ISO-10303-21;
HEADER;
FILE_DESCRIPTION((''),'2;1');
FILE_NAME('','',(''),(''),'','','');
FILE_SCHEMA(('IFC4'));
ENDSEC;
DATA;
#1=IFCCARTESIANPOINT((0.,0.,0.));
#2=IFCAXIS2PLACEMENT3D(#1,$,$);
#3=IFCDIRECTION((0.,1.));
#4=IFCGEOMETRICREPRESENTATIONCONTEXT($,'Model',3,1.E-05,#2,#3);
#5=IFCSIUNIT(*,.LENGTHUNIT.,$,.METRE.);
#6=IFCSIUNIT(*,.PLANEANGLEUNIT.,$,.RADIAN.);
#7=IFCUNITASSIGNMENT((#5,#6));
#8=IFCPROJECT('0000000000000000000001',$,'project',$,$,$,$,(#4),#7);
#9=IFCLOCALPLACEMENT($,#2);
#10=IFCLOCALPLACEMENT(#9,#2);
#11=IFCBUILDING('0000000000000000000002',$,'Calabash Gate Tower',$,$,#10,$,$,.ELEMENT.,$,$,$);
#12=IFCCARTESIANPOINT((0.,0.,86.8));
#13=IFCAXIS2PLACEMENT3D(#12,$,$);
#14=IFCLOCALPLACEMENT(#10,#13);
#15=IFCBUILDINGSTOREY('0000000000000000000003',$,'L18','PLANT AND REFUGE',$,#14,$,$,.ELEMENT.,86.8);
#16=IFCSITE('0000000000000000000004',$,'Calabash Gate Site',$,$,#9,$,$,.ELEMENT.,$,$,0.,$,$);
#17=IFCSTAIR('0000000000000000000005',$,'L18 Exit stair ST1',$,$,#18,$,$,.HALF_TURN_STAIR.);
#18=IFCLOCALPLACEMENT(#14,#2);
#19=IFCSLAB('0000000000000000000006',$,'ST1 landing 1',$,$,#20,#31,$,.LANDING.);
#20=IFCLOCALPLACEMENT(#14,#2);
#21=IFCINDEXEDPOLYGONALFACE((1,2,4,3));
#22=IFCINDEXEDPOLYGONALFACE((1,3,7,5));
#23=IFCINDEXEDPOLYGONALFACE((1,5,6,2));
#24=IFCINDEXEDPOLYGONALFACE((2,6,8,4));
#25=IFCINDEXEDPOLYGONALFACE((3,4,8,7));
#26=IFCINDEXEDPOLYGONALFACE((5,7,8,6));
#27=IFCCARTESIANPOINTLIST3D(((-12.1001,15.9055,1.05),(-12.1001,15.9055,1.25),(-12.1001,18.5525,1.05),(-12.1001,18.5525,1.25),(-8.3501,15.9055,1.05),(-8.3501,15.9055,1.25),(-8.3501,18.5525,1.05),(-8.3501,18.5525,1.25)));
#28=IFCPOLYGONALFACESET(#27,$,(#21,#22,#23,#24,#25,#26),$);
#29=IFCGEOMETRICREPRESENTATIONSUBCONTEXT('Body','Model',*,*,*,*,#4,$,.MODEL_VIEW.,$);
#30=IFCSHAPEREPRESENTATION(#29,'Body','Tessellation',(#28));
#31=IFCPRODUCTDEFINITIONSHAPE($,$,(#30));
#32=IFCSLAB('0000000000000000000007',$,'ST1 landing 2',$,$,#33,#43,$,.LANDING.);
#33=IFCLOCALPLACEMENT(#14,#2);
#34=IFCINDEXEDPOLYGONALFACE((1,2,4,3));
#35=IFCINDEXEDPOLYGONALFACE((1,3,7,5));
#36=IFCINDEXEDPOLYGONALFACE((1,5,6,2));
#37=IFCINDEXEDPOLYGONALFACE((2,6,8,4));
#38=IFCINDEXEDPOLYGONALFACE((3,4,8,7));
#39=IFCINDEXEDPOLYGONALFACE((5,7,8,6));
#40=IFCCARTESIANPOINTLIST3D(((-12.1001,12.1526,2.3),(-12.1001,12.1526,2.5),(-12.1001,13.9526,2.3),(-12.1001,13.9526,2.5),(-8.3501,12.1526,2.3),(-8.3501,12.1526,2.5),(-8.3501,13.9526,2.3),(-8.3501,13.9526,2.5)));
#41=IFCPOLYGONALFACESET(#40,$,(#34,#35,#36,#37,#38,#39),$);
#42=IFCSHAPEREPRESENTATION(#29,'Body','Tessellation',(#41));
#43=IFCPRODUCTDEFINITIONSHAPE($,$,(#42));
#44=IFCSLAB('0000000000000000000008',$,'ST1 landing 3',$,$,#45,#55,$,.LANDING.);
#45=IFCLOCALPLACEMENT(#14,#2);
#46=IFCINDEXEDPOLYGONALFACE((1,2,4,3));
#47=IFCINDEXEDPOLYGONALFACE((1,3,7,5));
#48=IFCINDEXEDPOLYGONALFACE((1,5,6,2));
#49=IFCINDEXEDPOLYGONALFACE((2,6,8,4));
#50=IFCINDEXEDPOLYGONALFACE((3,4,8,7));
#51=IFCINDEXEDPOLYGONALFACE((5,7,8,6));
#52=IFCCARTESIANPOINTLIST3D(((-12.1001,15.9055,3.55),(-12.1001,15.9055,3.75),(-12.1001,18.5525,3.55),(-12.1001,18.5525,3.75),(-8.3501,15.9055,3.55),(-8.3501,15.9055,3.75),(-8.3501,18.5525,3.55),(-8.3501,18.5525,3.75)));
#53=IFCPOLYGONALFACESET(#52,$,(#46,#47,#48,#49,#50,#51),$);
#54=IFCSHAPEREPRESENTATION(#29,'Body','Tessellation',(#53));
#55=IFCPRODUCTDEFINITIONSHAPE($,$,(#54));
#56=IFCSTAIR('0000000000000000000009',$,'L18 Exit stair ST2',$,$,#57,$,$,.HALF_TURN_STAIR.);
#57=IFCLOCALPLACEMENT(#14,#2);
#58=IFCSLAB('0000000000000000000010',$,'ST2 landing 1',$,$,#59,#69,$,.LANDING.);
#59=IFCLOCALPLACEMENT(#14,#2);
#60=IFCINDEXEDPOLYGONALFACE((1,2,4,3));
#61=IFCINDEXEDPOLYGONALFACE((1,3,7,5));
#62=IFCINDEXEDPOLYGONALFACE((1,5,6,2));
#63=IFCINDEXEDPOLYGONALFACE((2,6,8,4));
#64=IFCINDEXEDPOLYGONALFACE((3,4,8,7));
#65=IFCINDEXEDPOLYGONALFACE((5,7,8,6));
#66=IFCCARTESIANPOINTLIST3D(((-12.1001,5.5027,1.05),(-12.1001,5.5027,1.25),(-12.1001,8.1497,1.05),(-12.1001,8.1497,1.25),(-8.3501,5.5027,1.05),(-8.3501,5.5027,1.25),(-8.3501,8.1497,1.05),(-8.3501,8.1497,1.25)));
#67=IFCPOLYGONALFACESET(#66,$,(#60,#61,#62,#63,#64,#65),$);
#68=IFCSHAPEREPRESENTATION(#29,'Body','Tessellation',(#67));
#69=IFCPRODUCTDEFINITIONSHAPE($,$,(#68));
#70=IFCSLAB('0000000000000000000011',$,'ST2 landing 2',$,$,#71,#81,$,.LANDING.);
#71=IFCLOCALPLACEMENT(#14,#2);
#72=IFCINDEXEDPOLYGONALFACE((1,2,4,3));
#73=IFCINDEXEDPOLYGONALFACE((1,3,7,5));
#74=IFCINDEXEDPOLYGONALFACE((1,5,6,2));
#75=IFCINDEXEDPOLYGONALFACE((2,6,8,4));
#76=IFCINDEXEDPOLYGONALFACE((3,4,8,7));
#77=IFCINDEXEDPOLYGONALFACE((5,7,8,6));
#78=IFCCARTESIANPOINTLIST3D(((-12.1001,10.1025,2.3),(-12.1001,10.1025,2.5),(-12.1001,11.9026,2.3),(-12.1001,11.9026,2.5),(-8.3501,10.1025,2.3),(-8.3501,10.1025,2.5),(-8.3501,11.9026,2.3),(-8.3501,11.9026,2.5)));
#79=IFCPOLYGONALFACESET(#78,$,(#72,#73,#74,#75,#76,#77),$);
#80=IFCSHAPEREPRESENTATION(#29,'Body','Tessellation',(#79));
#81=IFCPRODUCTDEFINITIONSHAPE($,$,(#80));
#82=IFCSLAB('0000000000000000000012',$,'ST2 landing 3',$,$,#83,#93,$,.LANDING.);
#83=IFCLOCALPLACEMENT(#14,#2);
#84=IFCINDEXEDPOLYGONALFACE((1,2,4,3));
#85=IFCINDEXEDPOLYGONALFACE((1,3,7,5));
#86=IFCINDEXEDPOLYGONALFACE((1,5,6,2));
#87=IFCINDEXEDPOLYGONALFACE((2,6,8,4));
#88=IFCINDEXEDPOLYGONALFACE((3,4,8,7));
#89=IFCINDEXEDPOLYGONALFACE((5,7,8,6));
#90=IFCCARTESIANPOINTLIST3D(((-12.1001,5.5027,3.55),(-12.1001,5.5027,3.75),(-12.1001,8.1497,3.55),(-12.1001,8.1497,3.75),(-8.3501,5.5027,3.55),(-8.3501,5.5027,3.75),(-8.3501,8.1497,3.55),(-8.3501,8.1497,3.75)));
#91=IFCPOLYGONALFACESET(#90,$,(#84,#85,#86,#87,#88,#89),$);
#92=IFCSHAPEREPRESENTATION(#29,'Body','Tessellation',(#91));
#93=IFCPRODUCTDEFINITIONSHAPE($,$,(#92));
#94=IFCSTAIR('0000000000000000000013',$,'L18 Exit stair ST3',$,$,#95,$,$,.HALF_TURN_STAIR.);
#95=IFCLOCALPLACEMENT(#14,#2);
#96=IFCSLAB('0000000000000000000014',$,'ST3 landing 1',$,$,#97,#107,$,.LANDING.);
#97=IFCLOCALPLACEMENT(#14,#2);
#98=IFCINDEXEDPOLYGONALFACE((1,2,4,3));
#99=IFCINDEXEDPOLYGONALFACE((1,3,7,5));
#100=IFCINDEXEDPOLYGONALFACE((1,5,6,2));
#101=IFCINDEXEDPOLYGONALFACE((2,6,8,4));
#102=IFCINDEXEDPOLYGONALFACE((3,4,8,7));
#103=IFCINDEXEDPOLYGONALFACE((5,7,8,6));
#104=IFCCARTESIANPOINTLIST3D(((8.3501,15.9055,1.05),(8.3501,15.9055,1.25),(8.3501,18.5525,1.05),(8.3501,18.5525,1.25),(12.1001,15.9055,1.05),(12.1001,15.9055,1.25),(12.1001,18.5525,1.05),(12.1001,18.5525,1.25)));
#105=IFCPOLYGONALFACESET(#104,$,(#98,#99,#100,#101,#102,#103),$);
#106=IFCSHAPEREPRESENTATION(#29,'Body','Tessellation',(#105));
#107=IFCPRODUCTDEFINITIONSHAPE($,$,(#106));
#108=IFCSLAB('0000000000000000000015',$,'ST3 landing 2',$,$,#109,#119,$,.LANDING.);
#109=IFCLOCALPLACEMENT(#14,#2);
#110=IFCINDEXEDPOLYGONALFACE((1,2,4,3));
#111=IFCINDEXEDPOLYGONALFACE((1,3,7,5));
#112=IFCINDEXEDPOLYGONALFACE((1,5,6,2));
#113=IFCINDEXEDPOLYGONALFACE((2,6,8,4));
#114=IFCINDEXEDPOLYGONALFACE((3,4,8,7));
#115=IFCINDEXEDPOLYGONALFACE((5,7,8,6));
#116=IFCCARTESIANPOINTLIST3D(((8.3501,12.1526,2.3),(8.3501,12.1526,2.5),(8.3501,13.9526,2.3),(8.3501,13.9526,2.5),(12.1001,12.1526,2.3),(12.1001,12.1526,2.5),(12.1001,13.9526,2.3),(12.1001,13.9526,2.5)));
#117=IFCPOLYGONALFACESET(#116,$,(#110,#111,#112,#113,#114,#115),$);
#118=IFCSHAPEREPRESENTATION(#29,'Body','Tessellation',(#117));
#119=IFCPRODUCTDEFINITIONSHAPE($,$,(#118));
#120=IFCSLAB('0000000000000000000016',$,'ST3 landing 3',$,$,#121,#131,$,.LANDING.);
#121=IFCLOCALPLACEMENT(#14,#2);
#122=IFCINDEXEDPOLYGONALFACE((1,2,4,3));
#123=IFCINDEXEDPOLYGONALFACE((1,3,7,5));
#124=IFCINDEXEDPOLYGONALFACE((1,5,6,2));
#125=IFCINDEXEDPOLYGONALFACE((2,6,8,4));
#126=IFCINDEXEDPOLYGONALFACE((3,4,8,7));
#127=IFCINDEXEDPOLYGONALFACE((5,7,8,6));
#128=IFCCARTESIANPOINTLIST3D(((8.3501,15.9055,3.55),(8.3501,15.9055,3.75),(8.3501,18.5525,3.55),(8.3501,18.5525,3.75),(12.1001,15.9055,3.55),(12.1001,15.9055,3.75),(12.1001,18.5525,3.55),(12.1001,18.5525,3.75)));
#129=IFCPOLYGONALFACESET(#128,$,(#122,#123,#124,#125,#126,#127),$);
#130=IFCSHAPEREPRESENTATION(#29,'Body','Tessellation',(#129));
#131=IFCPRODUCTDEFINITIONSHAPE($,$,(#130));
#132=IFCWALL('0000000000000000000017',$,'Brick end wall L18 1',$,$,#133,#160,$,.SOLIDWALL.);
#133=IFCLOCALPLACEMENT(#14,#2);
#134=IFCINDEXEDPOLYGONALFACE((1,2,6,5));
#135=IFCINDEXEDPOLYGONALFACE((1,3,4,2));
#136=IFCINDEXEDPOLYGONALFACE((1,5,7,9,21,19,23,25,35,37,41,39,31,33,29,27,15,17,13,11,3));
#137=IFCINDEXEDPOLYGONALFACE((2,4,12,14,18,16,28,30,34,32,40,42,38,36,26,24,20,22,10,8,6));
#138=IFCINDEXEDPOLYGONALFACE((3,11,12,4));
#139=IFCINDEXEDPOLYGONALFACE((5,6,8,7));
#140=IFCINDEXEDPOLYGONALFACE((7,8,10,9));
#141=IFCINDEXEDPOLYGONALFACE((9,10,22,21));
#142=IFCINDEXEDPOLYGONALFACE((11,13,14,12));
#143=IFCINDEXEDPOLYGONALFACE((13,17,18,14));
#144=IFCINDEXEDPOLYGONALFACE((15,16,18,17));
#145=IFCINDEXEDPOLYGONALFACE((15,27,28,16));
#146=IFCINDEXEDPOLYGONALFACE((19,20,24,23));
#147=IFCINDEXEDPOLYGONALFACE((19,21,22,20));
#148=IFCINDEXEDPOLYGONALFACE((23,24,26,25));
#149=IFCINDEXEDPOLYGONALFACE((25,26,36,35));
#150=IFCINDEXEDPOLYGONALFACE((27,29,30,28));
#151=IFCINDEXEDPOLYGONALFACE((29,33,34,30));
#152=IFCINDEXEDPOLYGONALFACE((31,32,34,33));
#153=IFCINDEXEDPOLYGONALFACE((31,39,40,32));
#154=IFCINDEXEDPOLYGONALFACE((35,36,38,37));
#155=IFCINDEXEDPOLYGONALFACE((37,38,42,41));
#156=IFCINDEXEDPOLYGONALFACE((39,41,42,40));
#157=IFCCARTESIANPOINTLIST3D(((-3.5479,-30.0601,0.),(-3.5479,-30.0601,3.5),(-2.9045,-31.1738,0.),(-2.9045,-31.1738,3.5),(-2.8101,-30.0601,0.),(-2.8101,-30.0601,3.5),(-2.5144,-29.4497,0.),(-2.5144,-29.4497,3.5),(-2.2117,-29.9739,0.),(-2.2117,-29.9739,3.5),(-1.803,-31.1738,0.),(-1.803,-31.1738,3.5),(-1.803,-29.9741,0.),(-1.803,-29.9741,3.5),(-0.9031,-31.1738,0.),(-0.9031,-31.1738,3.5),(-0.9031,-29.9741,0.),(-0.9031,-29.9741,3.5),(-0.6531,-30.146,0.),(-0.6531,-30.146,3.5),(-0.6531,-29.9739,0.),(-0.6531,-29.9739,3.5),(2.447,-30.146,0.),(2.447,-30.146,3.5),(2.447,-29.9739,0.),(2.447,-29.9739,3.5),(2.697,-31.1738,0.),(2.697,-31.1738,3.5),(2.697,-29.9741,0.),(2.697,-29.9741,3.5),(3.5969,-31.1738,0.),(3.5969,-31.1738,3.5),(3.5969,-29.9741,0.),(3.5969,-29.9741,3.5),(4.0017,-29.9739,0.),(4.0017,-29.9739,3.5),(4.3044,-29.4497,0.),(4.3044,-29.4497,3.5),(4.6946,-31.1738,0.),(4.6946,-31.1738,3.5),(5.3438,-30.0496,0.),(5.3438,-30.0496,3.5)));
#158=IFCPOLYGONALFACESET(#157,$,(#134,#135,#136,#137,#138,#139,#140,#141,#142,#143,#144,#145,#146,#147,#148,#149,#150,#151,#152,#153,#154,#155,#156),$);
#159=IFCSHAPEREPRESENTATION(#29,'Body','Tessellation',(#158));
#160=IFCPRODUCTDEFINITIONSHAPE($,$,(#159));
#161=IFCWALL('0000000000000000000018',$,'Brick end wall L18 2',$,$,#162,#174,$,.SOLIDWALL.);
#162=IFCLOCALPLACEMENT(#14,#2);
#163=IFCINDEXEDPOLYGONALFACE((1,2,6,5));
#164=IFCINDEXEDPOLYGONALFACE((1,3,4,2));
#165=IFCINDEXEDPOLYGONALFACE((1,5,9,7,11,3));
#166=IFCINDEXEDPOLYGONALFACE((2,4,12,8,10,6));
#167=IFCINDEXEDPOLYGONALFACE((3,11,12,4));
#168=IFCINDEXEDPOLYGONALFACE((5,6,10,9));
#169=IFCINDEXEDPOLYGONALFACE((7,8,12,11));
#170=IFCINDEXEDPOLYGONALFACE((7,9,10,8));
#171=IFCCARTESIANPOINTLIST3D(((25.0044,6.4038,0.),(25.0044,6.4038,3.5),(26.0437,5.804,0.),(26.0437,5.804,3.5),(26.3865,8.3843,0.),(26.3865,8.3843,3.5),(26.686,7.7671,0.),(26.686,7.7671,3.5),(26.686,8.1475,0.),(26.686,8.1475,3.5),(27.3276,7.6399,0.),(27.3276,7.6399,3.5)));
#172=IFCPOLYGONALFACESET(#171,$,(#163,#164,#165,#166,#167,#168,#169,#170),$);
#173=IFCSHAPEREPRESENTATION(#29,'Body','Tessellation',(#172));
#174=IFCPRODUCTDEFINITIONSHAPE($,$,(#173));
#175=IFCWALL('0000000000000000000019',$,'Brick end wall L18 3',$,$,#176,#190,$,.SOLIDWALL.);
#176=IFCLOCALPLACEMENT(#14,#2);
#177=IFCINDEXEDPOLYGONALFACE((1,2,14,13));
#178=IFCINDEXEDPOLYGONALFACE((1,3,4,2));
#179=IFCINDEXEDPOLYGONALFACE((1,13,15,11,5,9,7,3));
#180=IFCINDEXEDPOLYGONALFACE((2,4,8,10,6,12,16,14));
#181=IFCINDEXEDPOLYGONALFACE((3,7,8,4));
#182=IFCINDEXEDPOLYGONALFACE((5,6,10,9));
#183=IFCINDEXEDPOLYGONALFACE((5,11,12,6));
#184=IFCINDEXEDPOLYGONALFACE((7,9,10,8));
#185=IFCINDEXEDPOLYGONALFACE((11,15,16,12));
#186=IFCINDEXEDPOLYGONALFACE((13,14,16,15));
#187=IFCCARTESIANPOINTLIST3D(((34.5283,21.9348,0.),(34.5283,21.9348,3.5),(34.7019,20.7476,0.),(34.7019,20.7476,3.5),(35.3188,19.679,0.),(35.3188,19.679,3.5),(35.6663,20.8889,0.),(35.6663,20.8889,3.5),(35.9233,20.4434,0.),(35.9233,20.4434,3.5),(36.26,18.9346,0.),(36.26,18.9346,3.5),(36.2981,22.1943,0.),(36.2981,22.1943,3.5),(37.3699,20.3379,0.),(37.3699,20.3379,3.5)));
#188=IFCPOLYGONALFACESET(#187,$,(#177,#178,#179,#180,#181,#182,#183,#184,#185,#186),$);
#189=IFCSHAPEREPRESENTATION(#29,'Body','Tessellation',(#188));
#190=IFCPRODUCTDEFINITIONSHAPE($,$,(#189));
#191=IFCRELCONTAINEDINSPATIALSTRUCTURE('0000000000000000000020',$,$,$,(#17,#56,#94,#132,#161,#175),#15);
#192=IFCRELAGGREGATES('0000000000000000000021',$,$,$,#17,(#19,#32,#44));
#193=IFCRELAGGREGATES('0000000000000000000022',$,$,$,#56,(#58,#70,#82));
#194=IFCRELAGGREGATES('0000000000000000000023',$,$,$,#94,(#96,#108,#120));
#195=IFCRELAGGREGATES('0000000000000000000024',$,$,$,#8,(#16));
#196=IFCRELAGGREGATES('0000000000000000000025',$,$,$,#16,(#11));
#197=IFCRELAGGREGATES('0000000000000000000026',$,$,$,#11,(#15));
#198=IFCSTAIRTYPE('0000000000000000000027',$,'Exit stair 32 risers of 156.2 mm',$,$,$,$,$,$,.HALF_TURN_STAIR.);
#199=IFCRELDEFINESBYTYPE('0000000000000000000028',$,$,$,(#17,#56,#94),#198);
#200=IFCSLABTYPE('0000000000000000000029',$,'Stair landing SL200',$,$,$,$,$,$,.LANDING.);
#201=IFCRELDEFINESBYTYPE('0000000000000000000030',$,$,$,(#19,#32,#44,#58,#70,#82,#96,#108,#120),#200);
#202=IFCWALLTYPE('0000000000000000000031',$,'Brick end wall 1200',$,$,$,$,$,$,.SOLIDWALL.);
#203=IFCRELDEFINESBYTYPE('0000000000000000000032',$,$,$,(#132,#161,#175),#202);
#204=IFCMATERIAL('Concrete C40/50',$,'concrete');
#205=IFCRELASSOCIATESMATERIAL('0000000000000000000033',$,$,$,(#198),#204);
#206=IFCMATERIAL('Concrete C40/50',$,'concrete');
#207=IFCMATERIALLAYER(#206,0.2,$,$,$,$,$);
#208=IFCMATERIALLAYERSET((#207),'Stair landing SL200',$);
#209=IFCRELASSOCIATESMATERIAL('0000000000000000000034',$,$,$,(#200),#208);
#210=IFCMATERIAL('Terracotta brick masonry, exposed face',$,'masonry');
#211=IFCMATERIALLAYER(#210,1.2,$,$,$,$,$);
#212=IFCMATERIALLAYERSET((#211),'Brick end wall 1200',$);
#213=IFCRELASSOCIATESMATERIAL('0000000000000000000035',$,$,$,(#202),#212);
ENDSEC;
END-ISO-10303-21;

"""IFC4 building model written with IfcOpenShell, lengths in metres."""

from ifc_helpers import new_model, si_unit, direction, frame, origin, place, context, subcontext, project, spatial, polyline, outline, extrude, material, layer, layer_set, type_object, element, aggregate, save


model = new_model("IFC4")

# Units and contexts
model_context = context("Model", 3, precision=1e-05, world=origin(), true_north=direction((0.0, 1.0)))
body_context = subcontext(model_context, "Body", "Model", "MODEL_VIEW")
ifc_project = project(units=[si_unit("LENGTHUNIT", "METRE"), si_unit("PLANEANGLEUNIT", "RADIAN")], contexts=[model_context])

# Site, building, storey
site_placement = place(None, origin())
site = spatial("IfcSite", under=ifc_project, at=site_placement, Name="Calabash Gate Site", CompositionType="ELEMENT", RefElevation=0.0)
building_placement = place(site_placement, origin())
building = spatial("IfcBuilding", under=site, at=building_placement, Name="Calabash Gate Tower", CompositionType="ELEMENT")
storey_placement = place(building_placement, frame((0.0, 0.0, 86.8)))
storey = spatial("IfcBuildingStorey", under=building, at=storey_placement, Name="L18", Description="PLANT AND REFUGE", CompositionType="ELEMENT", Elevation=86.8)

# Stairs, slabs
ifc_material_1 = material(Name="Concrete C40/50", Category="concrete")
stair_type = type_object("IfcStairType", Name="Exit stair 32 risers of 156.2 mm", PredefinedType="HALF_TURN_STAIR", material=ifc_material_1)
stair_1_placement = place(storey_placement, origin())
stair_1 = element("IfcStair", 1, at=stair_1_placement, inside=storey, type_object=stair_type, Name="L18 Exit stair ST1", PredefinedType="HALF_TURN_STAIR")
ifc_material_2 = material(Name="Concrete C40/50", Category="concrete")
ifc_layer_1 = layer(ifc_material_2, 0.2)
ifc_layer_set_1 = layer_set([ifc_layer_1], Name="Stair landing SL200")
slab_type = type_object("IfcSlabType", Name="Stair landing SL200", PredefinedType="LANDING", material=ifc_layer_set_1)
slab_1_placement = place(storey_placement, frame((0.0, 0.0, 1.05)))
slab_1 = element("IfcSlab", 2, at=slab_1_placement, type_object=slab_type, Name="ST1 landing 1", PredefinedType="LANDING", context=body_context, shape_type="SweptSolid", body=[
    extrude(outline(polyline([(-8.3501, 15.9055), (-8.3501, 18.5525), (-12.1001, 18.5525), (-12.1001, 15.9055), (-8.3501, 15.9055)])), origin(), (0.0, 0.0, 1.0), 0.2),
])
slab_2_placement = place(storey_placement, frame((0.0, 0.0, 2.3)))
slab_2 = element("IfcSlab", 3, at=slab_2_placement, type_object=slab_type, Name="ST1 landing 2", PredefinedType="LANDING", context=body_context, shape_type="SweptSolid", body=[
    extrude(outline(polyline([(-8.3501, 12.1526), (-8.3501, 13.9526), (-12.1001, 13.9526), (-12.1001, 12.1526), (-8.3501, 12.1526)])), origin(), (0.0, 0.0, 1.0), 0.2),
])
slab_3_placement = place(storey_placement, frame((0.0, 0.0, 3.55)))
slab_3 = element("IfcSlab", 4, at=slab_3_placement, type_object=slab_type, Name="ST1 landing 3", PredefinedType="LANDING", context=body_context, shape_type="SweptSolid", body=[
    extrude(outline(polyline([(-8.3501, 15.9055), (-8.3501, 18.5525), (-12.1001, 18.5525), (-12.1001, 15.9055), (-8.3501, 15.9055)])), origin(), (0.0, 0.0, 1.0), 0.2),
])
aggregate(stair_1, [slab_1, slab_2, slab_3])
stair_2_placement = place(storey_placement, origin())
stair_2 = element("IfcStair", 5, at=stair_2_placement, inside=storey, type_object=stair_type, Name="L18 Exit stair ST2", PredefinedType="HALF_TURN_STAIR")
slab_4_placement = place(storey_placement, frame((0.0, 0.0, 1.05)))
slab_4 = element("IfcSlab", 6, at=slab_4_placement, type_object=slab_type, Name="ST2 landing 1", PredefinedType="LANDING", context=body_context, shape_type="SweptSolid", body=[
    extrude(outline(polyline([(-12.1001, 8.1497), (-12.1001, 5.5027), (-8.3501, 5.5027), (-8.3501, 8.1497), (-12.1001, 8.1497)])), origin(), (0.0, 0.0, 1.0), 0.2),
])
slab_5_placement = place(storey_placement, frame((0.0, 0.0, 2.3)))
slab_5 = element("IfcSlab", 7, at=slab_5_placement, type_object=slab_type, Name="ST2 landing 2", PredefinedType="LANDING", context=body_context, shape_type="SweptSolid", body=[
    extrude(outline(polyline([(-12.1001, 11.9026), (-12.1001, 10.1025), (-8.3501, 10.1025), (-8.3501, 11.9026), (-12.1001, 11.9026)])), origin(), (0.0, 0.0, 1.0), 0.2),
])
slab_6_placement = place(storey_placement, frame((0.0, 0.0, 3.55)))
slab_6 = element("IfcSlab", 8, at=slab_6_placement, type_object=slab_type, Name="ST2 landing 3", PredefinedType="LANDING", context=body_context, shape_type="SweptSolid", body=[
    extrude(outline(polyline([(-12.1001, 8.1497), (-12.1001, 5.5027), (-8.3501, 5.5027), (-8.3501, 8.1497), (-12.1001, 8.1497)])), origin(), (0.0, 0.0, 1.0), 0.2),
])
aggregate(stair_2, [slab_4, slab_5, slab_6])
stair_3_placement = place(storey_placement, origin())
stair_3 = element("IfcStair", 9, at=stair_3_placement, inside=storey, type_object=stair_type, Name="L18 Exit stair ST3", PredefinedType="HALF_TURN_STAIR")
slab_7_placement = place(storey_placement, frame((0.0, 0.0, 1.05)))
slab_7 = element("IfcSlab", 10, at=slab_7_placement, type_object=slab_type, Name="ST3 landing 1", PredefinedType="LANDING", context=body_context, shape_type="SweptSolid", body=[
    extrude(outline(polyline([(12.1001, 15.9055), (12.1001, 18.5525), (8.3501, 18.5525), (8.3501, 15.9055), (12.1001, 15.9055)])), origin(), (0.0, 0.0, 1.0), 0.2),
])
slab_8_placement = place(storey_placement, frame((0.0, 0.0, 2.3)))
slab_8 = element("IfcSlab", 11, at=slab_8_placement, type_object=slab_type, Name="ST3 landing 2", PredefinedType="LANDING", context=body_context, shape_type="SweptSolid", body=[
    extrude(outline(polyline([(12.1001, 12.1526), (12.1001, 13.9526), (8.3501, 13.9526), (8.3501, 12.1526), (12.1001, 12.1526)])), origin(), (0.0, 0.0, 1.0), 0.2),
])
slab_9_placement = place(storey_placement, frame((0.0, 0.0, 3.55)))
slab_9 = element("IfcSlab", 12, at=slab_9_placement, type_object=slab_type, Name="ST3 landing 3", PredefinedType="LANDING", context=body_context, shape_type="SweptSolid", body=[
    extrude(outline(polyline([(12.1001, 15.9055), (12.1001, 18.5525), (8.3501, 18.5525), (8.3501, 15.9055), (12.1001, 15.9055)])), origin(), (0.0, 0.0, 1.0), 0.2),
])
aggregate(stair_3, [slab_7, slab_8, slab_9])

# Walls
ifc_material_3 = material(Name="Terracotta brick masonry, exposed face", Category="masonry")
ifc_layer_2 = layer(ifc_material_3, 1.2)
ifc_layer_set_2 = layer_set([ifc_layer_2], Name="Brick end wall 1200")
wall_type_1 = type_object("IfcWallType", Name="Brick end wall 1200", PredefinedType="SOLIDWALL", material=ifc_layer_set_2)
wall_1_placement = place(storey_placement, origin())
element("IfcWall", 13, at=wall_1_placement, inside=storey, type_object=wall_type_1, Name="Brick end wall L18 1", PredefinedType="SOLIDWALL", context=body_context, shape_type="SweptSolid", body=[
    extrude(outline(polyline([(-2.5144, -29.4497), (-2.8101, -30.0601), (-3.5479, -30.0601), (-2.9045, -31.1738), (-1.803, -31.1738), (-1.803, -29.9741), (-0.9031, -29.9741), (-0.9031, -31.1738), (2.697, -31.1738), (2.697, -29.9741), (3.5969, -29.9741), (3.5969, -31.1738), (4.6946, -31.1738), (5.3438, -30.0496), (4.3044, -29.4497), (4.0017, -29.9739), (2.447, -29.9739), (2.447, -30.146), (-0.6531, -30.146), (-0.6531, -29.9739), (-2.2117, -29.9739), (-2.5144, -29.4497)])), origin(), (0.0, 0.0, 1.0), 3.5),
])
wall_2_placement = place(storey_placement, origin())
element("IfcWall", 14, at=wall_2_placement, inside=storey, type_object=wall_type_1, Name="Brick end wall L18 2", PredefinedType="SOLIDWALL", context=body_context, shape_type="SweptSolid", body=[
    extrude(outline(polyline([(25.0044, 6.4038), (26.0437, 5.804), (27.3276, 7.6399), (26.686, 7.7671), (26.686, 8.1475), (26.3865, 8.3843), (25.0044, 6.4038)])), origin(), (0.0, 0.0, 1.0), 3.5),
])
wall_3_placement = place(storey_placement, origin())
element("IfcWall", 15, at=wall_3_placement, inside=storey, type_object=wall_type_1, Name="Brick end wall L18 3", PredefinedType="SOLIDWALL", context=body_context, shape_type="SweptSolid", body=[
    extrude(outline(polyline([(35.3188, 19.679), (36.26, 18.9346), (37.3699, 20.3379), (36.2981, 22.1943), (34.5283, 21.9348), (34.7019, 20.7476), (35.6663, 20.8889), (35.9233, 20.4434), (35.3188, 19.679)])), origin(), (0.0, 0.0, 1.0), 3.5),
])

save(model, "model.ifc")
